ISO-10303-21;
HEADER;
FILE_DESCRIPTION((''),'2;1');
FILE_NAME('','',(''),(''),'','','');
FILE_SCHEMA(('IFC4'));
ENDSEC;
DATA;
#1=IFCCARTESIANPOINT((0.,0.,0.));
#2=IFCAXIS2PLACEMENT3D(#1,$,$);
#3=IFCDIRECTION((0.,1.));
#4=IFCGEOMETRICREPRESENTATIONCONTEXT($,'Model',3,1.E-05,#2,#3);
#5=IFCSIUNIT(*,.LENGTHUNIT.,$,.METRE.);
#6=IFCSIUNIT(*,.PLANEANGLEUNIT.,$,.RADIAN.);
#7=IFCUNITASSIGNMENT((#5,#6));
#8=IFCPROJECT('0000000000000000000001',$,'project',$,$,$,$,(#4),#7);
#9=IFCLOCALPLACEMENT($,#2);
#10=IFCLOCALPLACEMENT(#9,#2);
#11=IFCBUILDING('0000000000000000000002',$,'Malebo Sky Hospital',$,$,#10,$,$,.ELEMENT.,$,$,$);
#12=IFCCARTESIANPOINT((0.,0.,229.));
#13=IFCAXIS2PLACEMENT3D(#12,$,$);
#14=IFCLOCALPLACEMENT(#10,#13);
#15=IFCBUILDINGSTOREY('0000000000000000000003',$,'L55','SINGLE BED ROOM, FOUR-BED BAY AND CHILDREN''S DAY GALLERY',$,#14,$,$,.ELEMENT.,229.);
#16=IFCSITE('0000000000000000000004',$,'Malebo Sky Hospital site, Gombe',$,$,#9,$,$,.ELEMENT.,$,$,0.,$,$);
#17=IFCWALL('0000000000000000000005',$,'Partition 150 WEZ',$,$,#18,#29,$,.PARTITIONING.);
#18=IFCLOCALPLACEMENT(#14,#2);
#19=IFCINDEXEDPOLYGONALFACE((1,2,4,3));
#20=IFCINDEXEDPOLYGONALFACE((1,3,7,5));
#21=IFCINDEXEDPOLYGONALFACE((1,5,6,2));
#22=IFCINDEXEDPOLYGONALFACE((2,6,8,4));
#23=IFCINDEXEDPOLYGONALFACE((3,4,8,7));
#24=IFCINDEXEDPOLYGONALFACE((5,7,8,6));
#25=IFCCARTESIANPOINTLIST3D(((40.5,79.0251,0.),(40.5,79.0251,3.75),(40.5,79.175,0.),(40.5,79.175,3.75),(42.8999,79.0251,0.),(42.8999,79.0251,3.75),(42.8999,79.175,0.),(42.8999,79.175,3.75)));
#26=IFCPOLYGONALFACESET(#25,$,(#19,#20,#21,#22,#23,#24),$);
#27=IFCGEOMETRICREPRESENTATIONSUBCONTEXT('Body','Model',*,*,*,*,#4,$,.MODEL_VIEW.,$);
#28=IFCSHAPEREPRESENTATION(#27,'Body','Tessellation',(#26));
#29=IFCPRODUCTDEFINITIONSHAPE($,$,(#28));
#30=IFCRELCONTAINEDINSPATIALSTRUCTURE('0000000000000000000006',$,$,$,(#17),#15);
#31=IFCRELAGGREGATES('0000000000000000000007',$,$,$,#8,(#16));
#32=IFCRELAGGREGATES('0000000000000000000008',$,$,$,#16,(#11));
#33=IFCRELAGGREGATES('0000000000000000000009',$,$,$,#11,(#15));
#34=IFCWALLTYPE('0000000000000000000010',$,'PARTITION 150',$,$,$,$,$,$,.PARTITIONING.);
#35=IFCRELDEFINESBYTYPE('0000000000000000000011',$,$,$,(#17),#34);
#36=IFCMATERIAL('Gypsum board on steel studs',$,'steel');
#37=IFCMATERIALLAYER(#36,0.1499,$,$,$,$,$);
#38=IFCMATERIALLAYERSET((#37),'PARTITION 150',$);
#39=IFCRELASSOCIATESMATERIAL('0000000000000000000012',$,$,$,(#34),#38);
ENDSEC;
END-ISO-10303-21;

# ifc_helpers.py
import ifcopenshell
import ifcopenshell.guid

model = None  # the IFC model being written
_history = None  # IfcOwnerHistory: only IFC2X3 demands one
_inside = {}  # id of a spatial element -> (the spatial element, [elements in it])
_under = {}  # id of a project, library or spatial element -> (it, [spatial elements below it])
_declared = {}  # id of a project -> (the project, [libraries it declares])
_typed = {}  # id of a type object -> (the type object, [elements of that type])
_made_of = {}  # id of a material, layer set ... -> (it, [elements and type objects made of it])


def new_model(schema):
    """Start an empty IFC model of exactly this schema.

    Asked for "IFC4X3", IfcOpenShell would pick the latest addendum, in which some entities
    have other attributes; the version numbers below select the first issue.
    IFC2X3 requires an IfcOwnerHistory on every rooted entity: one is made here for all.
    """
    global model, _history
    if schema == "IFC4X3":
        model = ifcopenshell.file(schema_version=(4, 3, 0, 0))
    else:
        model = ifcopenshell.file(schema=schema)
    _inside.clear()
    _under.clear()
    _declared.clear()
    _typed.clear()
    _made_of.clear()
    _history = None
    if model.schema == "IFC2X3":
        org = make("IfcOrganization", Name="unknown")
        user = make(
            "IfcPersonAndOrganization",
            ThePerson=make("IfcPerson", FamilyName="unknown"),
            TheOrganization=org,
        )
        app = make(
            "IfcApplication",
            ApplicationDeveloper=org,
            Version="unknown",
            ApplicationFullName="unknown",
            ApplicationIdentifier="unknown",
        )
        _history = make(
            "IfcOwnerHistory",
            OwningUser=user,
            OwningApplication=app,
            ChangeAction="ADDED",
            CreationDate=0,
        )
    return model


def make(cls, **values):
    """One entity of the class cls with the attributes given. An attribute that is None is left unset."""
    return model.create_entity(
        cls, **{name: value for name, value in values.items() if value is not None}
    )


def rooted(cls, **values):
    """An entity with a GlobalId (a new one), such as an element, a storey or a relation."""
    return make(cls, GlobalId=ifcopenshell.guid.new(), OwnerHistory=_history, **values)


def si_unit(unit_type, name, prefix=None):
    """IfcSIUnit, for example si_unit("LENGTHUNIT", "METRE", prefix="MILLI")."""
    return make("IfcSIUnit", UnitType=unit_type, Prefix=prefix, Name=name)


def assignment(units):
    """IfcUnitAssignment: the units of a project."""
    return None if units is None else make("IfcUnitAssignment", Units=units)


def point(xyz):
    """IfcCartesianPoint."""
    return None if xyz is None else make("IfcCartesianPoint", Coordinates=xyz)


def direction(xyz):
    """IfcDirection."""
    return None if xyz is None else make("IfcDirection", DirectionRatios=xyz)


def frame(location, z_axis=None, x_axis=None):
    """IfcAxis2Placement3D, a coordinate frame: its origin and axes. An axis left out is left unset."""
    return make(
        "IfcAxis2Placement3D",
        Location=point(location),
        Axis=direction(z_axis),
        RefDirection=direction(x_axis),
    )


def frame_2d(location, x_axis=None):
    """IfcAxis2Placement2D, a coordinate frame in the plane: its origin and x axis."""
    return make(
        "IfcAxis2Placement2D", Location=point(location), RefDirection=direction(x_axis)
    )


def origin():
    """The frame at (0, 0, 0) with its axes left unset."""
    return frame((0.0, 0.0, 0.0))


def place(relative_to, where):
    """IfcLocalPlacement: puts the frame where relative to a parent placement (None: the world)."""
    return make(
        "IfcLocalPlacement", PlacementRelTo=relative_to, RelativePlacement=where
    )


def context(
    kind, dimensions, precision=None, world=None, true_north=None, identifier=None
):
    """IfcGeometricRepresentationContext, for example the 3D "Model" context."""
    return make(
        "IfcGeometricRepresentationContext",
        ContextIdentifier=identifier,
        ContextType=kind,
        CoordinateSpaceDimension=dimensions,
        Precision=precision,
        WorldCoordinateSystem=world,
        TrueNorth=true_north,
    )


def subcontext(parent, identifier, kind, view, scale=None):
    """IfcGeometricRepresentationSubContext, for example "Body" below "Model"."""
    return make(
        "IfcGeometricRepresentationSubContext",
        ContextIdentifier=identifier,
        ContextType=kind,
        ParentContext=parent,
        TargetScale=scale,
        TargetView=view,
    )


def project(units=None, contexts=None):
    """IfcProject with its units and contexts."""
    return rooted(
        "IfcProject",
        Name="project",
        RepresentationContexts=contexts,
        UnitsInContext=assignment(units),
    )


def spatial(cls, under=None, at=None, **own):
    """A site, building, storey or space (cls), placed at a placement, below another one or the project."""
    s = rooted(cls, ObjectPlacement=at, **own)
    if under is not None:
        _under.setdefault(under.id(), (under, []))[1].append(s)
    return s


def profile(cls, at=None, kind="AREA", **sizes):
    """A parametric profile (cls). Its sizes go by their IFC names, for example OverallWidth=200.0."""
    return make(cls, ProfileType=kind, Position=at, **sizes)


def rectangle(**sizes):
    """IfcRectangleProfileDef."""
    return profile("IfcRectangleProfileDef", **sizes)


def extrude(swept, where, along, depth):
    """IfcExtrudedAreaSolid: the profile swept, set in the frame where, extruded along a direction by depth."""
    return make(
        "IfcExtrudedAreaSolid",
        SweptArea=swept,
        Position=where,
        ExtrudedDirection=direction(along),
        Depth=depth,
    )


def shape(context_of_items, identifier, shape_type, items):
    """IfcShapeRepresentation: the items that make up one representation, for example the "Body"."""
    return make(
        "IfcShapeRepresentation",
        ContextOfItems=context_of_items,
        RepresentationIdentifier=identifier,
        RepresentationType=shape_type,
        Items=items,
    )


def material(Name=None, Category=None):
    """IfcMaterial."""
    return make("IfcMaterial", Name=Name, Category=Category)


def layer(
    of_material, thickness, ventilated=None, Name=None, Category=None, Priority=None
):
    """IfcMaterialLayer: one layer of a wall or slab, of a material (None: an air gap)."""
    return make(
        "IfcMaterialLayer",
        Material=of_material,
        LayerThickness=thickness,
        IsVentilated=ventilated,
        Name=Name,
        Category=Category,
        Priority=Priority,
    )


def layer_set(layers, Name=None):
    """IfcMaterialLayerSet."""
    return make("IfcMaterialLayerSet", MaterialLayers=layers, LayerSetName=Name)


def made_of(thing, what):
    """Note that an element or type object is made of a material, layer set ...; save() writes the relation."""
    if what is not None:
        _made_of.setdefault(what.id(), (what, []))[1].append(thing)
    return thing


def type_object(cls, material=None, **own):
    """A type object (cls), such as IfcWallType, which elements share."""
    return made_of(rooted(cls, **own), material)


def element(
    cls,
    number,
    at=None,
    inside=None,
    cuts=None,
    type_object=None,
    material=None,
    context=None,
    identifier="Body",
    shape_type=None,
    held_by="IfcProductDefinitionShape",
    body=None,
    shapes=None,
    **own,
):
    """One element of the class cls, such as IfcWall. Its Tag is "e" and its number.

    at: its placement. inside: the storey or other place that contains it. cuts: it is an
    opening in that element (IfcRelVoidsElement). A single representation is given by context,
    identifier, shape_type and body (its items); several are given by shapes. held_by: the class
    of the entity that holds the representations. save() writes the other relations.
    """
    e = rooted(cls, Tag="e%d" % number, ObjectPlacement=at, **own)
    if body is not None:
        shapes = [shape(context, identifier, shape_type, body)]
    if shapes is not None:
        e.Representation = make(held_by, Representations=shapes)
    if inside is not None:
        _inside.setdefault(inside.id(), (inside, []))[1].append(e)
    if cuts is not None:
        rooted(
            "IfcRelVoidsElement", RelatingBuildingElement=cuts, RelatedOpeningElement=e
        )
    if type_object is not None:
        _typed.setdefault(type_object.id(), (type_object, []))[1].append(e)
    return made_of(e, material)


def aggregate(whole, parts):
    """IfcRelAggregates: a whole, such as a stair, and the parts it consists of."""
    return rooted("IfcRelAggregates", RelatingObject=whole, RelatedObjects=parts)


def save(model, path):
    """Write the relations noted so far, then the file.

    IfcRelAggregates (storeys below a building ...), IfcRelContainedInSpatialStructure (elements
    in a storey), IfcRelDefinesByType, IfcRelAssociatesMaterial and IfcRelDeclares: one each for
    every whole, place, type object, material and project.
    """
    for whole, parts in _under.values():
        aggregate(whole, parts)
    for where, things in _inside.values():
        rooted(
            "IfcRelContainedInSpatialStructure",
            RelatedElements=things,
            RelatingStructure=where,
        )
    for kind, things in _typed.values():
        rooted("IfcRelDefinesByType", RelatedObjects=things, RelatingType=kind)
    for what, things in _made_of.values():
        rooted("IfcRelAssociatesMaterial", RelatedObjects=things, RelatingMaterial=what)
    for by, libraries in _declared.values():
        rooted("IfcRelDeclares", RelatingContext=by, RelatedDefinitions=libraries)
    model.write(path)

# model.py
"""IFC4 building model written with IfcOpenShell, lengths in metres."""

from ifc_helpers import new_model, si_unit, direction, frame, frame_2d, origin, place, context, subcontext, project, spatial, rectangle, extrude, material, layer, layer_set, type_object, element, save


model = new_model("IFC4")

# Units and contexts
model_context = context("Model", 3, precision=1e-05, world=origin(), true_north=direction((0.0, 1.0)))
body_context = subcontext(model_context, "Body", "Model", "MODEL_VIEW")
ifc_project = project(units=[si_unit("LENGTHUNIT", "METRE"), si_unit("PLANEANGLEUNIT", "RADIAN")], contexts=[model_context])

# Site, building, storey
site_placement = place(None, origin())
site = spatial("IfcSite", under=ifc_project, at=site_placement, Name="Malebo Sky Hospital site, Gombe", CompositionType="ELEMENT", RefElevation=0.0)
building_placement = place(site_placement, origin())
building = spatial("IfcBuilding", under=site, at=building_placement, Name="Malebo Sky Hospital", CompositionType="ELEMENT")
storey_placement = place(building_placement, frame((0.0, 0.0, 229.0)))
storey = spatial("IfcBuildingStorey", under=building, at=storey_placement, Name="L55", Description="SINGLE BED ROOM, FOUR-BED BAY AND CHILDREN'S DAY GALLERY", CompositionType="ELEMENT", Elevation=229.0)

# Shared definitions
ifc_material_1 = material(Name="Gypsum board on steel studs", Category="steel")

# Shared definitions
ifc_layer_1 = layer(ifc_material_1, 0.1499)
ifc_layer_set_1 = layer_set([ifc_layer_1], Name="PARTITION 150")
wall_type_1 = type_object("IfcWallType", Name="PARTITION 150", PredefinedType="PARTITIONING", material=ifc_layer_set_1)

# Wall
for number, where, z_axis, x_axis, name in (
    (1, (42.8999, 79.1001, 0.0), (0.0, 0.0, 1.0), (-1.0, 0.0, 0.0), "Partition 150 WEZ"),
):
    element("IfcWall", number, at=place(storey_placement, frame(where, z_axis=z_axis, x_axis=x_axis)), inside=storey, type_object=wall_type_1, Name=name, PredefinedType="PARTITIONING", context=body_context, shape_type="SweptSolid", body=[
        extrude(rectangle(XDim=2.3999, YDim=0.1499, at=frame_2d((1.2, 0.0))), origin(), (0.0, 0.0, 1.0), 3.75),
    ])

save(model, "model.ifc")
